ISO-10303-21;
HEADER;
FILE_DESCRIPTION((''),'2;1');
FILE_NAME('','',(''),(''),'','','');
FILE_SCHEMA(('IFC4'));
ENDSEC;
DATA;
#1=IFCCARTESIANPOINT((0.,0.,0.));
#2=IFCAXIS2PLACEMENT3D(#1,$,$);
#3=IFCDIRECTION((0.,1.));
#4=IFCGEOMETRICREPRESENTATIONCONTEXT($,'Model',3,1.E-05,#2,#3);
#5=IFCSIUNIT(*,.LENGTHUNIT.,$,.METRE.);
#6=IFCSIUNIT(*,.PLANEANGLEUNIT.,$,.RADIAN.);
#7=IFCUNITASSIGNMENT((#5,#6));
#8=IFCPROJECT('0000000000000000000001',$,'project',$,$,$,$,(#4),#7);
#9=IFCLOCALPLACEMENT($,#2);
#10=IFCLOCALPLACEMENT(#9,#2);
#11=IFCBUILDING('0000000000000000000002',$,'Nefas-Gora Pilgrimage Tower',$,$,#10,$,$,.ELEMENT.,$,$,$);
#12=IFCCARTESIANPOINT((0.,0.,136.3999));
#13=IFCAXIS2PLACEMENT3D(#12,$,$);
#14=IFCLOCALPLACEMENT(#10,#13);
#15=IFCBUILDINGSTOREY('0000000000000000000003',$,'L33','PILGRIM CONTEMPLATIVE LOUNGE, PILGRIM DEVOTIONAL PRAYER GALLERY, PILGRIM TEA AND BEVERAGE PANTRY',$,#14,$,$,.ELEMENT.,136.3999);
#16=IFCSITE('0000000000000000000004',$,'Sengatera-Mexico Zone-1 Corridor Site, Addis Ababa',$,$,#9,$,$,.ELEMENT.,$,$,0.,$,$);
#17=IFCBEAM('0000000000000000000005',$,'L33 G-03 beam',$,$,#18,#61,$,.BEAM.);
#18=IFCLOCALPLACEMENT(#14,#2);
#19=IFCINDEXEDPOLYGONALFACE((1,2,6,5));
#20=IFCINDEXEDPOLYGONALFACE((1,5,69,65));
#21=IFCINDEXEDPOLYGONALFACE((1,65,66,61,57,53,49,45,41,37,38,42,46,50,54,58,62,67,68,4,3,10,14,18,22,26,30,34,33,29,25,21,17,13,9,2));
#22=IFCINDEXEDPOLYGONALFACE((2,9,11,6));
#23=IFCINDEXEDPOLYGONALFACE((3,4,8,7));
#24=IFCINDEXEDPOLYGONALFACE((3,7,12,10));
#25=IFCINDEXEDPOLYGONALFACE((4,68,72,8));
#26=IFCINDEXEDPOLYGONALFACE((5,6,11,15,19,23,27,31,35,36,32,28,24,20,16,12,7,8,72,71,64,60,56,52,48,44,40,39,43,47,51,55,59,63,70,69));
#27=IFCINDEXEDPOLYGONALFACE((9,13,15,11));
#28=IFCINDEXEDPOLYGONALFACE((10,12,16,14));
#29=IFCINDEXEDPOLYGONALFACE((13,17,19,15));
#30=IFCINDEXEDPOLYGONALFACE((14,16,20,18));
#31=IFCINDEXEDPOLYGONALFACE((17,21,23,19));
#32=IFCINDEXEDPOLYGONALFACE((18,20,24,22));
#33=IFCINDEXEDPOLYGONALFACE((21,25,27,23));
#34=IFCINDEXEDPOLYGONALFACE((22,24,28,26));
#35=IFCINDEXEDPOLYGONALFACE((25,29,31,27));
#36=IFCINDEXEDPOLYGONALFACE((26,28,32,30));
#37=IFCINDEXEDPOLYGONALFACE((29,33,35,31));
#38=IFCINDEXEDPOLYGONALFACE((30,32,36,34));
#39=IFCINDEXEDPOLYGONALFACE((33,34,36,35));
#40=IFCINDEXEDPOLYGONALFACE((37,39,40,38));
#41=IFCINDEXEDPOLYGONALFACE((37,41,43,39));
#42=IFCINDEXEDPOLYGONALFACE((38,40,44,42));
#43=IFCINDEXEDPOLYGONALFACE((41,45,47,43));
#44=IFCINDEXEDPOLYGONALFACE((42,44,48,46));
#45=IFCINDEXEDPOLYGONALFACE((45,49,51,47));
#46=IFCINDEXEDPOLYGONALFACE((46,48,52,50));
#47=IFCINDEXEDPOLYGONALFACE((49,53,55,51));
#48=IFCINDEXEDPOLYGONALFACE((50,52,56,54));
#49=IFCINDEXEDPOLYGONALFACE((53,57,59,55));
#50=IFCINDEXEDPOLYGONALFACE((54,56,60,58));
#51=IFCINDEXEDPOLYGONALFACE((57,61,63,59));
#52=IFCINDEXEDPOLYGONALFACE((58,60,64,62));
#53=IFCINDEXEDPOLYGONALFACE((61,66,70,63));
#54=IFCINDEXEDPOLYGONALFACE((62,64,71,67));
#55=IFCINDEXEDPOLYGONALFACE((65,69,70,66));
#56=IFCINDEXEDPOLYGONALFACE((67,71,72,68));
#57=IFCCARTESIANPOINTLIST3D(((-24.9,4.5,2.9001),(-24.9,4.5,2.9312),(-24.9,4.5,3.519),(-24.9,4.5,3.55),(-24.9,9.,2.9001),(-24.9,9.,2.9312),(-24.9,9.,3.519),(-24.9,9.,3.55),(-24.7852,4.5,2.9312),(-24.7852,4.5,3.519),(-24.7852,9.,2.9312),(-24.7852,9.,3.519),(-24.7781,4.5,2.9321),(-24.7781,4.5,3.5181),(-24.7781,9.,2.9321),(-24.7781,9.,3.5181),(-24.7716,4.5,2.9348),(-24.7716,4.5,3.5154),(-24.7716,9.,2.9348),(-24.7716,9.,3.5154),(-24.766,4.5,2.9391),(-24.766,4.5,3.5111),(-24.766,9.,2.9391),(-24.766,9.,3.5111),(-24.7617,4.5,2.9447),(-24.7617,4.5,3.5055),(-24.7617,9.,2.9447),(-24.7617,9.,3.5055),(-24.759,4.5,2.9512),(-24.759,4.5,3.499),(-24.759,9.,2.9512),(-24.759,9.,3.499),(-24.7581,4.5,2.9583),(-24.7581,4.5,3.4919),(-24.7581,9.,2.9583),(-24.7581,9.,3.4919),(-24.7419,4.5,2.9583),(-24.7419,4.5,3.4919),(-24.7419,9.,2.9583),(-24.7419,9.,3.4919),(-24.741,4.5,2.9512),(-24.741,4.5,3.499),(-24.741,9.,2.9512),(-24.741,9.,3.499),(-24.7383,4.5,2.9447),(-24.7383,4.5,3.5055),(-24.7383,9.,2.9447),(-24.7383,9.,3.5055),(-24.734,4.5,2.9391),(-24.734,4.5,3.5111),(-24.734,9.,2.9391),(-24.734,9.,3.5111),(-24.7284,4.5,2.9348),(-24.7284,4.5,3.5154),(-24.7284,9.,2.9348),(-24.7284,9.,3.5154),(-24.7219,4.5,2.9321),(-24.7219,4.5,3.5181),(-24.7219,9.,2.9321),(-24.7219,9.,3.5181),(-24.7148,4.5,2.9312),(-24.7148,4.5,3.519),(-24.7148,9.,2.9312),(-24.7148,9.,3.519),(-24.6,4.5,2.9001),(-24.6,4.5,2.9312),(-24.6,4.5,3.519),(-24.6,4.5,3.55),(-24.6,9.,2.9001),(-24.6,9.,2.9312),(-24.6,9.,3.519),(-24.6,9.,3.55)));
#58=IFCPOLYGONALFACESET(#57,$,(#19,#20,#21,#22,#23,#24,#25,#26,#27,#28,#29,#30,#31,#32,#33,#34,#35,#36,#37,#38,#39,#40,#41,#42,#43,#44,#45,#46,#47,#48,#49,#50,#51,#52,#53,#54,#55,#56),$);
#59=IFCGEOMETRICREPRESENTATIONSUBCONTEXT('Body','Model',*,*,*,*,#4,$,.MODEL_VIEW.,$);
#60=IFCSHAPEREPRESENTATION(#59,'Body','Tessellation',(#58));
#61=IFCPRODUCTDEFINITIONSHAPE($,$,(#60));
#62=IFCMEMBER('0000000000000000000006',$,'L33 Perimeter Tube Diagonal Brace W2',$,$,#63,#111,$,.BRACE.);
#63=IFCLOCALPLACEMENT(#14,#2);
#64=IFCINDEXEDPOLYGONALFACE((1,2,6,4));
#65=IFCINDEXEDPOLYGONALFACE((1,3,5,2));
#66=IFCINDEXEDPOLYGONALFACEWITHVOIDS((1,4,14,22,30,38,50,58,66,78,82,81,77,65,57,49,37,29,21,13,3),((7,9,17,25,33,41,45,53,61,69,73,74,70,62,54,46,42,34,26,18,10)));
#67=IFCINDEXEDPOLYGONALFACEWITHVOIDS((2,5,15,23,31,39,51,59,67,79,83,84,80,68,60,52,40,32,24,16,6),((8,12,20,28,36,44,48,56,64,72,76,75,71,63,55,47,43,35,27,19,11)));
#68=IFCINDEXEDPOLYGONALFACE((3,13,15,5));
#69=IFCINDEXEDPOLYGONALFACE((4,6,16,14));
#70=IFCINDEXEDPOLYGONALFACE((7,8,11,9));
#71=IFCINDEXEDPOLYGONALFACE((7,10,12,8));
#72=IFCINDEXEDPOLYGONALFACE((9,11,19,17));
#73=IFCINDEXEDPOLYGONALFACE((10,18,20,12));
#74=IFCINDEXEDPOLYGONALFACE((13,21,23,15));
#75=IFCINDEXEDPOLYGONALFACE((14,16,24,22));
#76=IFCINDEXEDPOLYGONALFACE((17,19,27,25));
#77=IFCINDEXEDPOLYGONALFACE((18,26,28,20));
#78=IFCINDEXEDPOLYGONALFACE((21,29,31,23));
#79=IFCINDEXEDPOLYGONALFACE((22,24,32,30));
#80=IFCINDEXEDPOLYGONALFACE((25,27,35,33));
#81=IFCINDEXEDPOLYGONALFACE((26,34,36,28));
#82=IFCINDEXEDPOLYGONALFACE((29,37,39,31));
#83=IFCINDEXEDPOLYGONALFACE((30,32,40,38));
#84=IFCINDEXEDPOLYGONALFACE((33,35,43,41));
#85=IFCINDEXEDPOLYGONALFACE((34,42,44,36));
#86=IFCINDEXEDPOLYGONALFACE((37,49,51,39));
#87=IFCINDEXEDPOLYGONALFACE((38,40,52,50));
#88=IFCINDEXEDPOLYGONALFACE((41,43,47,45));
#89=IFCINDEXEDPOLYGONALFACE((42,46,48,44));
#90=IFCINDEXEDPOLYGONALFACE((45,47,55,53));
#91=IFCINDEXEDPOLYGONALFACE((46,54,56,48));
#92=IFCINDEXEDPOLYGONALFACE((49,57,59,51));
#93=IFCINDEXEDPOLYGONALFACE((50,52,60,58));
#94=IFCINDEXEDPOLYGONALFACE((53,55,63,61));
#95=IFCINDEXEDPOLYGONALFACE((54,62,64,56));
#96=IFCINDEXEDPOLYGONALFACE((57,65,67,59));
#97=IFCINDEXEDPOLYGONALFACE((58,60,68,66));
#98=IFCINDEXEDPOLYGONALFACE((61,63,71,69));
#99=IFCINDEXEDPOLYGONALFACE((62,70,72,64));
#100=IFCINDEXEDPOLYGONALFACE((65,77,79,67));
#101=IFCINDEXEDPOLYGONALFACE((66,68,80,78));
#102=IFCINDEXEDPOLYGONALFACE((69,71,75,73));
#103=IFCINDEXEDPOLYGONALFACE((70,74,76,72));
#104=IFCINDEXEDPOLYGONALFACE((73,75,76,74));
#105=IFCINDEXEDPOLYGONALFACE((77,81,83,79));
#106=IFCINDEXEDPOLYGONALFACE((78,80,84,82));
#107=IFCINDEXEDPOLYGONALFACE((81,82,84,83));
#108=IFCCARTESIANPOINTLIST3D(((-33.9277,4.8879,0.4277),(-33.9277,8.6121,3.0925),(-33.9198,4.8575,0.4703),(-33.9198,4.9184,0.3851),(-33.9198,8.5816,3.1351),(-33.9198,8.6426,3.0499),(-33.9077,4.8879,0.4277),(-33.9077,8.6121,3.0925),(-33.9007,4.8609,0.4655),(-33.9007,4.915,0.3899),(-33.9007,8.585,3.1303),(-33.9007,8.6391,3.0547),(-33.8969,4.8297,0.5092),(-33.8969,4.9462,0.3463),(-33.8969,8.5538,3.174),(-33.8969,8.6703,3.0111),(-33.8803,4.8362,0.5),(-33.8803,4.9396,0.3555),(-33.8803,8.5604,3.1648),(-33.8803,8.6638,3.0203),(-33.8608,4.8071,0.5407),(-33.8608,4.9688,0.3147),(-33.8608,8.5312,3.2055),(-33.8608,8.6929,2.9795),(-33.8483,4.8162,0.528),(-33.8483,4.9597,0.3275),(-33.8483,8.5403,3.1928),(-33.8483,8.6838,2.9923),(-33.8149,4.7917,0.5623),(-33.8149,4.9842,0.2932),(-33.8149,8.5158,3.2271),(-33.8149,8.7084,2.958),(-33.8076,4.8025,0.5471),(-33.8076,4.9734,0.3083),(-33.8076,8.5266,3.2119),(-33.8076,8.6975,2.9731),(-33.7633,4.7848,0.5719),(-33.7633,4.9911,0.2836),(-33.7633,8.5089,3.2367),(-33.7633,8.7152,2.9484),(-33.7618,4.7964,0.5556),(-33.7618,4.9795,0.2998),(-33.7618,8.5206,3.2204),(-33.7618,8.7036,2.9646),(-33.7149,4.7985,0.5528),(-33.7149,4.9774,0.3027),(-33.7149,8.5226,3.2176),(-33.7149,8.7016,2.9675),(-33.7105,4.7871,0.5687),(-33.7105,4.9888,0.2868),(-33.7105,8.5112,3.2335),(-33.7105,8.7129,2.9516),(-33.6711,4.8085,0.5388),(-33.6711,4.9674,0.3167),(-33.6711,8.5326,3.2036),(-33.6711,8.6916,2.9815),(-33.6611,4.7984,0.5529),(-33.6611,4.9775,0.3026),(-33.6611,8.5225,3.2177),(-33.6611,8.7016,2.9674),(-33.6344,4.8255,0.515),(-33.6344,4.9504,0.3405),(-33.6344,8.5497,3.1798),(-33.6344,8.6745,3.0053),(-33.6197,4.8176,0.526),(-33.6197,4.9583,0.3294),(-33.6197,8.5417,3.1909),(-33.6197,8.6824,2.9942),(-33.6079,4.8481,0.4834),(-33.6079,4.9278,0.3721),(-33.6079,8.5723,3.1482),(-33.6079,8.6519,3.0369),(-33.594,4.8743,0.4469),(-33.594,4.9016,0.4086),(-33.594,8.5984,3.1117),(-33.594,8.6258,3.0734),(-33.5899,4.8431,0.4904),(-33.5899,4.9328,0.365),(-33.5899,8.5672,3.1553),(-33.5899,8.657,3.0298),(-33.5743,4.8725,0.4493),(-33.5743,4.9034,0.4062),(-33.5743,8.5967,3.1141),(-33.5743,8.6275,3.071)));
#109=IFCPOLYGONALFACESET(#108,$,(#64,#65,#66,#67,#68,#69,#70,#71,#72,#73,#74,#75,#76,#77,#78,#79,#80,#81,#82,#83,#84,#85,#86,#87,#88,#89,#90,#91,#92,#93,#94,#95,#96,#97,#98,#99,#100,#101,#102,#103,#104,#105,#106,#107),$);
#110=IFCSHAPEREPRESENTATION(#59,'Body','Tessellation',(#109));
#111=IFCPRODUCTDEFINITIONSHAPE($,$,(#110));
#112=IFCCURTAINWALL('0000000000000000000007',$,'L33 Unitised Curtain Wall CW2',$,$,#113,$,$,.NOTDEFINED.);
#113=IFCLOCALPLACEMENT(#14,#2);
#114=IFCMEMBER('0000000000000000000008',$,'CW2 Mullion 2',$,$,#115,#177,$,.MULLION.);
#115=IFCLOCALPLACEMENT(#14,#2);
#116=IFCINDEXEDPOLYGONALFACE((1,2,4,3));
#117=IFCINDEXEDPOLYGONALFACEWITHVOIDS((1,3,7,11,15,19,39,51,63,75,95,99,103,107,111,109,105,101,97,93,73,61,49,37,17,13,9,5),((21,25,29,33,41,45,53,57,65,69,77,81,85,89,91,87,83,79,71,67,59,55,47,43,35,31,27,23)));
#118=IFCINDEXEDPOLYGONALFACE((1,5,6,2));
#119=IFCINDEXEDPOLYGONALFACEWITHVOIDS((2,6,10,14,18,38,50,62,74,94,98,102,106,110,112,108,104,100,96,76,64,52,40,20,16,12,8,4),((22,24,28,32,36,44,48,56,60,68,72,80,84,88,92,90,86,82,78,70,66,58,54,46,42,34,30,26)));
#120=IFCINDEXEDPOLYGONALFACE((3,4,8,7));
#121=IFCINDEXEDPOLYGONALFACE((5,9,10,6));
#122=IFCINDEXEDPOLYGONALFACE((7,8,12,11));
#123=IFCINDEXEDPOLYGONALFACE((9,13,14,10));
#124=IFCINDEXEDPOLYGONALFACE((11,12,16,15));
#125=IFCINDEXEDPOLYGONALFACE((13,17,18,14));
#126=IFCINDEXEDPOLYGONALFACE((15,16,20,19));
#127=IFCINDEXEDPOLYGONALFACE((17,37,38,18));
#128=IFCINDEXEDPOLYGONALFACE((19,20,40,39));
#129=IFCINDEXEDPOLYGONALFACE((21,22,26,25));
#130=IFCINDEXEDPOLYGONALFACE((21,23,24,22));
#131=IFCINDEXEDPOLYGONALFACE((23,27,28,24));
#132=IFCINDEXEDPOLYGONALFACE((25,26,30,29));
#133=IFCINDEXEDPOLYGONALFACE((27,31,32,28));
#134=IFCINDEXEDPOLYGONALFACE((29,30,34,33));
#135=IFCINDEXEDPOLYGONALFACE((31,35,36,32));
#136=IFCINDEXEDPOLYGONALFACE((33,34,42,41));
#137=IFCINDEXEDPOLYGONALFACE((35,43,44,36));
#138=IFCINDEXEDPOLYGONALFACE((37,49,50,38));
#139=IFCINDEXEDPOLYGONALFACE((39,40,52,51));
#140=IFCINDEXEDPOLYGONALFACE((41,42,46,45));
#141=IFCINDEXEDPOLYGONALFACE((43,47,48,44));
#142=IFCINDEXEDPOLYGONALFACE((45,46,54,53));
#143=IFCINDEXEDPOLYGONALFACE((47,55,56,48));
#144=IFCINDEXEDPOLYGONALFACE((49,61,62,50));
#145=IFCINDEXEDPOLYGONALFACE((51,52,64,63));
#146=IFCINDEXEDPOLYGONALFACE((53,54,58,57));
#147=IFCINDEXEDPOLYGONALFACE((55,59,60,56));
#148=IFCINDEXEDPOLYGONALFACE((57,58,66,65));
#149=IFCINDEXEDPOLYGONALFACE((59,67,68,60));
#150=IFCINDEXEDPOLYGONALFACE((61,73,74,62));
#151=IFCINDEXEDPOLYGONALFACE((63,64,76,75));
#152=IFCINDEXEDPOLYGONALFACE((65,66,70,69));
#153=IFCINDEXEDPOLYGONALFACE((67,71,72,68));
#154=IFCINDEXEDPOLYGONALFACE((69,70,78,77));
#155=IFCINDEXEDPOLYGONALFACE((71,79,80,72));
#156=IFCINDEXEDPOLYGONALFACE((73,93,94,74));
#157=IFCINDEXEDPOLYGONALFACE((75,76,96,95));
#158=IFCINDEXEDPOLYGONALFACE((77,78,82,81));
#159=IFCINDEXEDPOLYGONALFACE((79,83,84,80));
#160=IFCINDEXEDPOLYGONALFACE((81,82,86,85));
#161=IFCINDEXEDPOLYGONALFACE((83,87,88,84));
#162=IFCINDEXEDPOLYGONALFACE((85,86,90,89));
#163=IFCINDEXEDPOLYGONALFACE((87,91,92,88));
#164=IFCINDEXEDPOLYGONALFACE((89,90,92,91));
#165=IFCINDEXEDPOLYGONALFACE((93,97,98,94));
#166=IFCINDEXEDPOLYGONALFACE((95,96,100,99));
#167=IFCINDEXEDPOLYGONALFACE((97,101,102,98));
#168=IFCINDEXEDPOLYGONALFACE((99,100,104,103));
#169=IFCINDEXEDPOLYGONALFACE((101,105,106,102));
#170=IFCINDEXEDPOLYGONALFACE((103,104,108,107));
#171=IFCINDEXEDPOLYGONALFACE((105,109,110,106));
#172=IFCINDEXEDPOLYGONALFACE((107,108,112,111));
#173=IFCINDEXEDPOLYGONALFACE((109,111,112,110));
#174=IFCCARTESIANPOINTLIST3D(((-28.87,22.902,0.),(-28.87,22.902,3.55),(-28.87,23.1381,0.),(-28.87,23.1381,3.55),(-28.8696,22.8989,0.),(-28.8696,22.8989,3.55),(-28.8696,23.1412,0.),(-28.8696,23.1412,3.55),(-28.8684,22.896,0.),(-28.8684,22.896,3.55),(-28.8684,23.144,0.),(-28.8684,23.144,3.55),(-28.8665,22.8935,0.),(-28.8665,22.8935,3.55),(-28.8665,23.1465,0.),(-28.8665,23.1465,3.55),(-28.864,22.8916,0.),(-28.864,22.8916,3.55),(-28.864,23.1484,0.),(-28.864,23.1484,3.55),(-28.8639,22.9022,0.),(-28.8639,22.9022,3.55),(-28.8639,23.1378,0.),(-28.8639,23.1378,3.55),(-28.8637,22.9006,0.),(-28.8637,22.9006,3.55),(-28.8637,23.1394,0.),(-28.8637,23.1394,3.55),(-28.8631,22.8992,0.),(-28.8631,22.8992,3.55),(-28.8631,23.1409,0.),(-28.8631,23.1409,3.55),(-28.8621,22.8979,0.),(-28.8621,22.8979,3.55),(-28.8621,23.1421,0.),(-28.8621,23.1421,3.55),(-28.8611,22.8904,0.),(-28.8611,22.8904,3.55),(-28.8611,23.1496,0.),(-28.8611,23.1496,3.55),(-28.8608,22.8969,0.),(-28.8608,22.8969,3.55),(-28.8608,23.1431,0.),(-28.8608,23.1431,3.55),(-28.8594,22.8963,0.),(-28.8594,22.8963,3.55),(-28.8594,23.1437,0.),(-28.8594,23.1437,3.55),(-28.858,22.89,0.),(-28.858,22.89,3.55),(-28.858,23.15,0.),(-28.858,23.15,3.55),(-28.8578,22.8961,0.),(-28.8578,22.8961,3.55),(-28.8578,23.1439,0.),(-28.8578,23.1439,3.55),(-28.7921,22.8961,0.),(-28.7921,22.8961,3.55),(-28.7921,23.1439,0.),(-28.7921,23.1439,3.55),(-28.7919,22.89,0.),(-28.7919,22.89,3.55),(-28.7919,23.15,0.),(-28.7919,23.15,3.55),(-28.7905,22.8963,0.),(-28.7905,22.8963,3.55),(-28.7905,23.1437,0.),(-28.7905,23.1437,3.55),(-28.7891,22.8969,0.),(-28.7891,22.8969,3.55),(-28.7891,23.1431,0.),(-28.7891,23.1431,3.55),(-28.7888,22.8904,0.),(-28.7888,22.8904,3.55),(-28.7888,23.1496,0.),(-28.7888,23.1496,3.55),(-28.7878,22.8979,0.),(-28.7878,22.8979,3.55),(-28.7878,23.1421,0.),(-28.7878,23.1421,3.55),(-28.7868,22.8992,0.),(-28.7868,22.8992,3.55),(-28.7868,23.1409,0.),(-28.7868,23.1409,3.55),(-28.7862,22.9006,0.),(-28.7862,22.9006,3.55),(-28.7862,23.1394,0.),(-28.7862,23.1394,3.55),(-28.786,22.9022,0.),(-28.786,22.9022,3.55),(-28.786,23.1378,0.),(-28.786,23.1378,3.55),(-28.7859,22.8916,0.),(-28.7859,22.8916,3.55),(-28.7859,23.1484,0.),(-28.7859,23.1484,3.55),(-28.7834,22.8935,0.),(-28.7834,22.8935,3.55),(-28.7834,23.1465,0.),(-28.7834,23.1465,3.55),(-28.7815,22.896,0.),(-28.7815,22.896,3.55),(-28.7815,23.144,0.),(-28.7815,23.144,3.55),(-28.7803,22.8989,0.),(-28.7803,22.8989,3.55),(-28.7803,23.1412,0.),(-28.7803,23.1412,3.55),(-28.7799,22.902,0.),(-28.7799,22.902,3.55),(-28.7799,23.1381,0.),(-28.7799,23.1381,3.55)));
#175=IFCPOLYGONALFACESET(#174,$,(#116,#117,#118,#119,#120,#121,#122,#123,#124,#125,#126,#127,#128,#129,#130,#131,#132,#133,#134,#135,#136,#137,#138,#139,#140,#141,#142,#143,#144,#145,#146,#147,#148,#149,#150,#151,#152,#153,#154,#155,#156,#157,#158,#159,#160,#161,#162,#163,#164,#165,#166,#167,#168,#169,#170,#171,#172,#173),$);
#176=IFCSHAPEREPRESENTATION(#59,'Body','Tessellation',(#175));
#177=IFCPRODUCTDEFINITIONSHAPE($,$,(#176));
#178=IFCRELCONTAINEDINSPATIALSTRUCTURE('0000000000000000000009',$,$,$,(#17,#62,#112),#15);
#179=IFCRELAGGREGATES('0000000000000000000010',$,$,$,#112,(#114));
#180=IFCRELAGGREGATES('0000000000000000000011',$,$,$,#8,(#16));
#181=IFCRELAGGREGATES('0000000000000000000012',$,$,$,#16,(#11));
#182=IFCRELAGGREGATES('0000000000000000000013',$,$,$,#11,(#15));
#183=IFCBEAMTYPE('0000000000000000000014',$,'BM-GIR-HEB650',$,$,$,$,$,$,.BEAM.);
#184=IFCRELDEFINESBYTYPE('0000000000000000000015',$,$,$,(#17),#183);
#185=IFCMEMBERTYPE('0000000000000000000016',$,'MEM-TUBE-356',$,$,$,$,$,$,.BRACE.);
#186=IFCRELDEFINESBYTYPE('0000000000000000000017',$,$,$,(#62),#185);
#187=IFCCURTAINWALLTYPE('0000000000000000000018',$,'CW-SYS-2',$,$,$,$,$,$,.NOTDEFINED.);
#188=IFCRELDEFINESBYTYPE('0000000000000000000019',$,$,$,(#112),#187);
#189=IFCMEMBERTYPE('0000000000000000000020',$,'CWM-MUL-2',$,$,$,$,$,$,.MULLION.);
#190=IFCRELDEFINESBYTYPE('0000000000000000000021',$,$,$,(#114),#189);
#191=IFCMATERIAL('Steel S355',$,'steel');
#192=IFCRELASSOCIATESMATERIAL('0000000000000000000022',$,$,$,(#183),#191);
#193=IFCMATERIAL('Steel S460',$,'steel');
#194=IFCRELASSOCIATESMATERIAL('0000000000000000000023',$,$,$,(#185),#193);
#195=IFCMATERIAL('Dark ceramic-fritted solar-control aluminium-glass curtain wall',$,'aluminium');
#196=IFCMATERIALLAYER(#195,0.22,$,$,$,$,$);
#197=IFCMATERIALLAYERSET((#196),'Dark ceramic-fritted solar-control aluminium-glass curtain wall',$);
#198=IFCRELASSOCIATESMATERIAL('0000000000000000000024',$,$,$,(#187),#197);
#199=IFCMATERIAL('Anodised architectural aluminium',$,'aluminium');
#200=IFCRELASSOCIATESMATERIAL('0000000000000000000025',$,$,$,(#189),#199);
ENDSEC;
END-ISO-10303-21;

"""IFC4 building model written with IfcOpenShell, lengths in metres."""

from ifc_helpers import new_model, si_unit, direction, frame, origin, origin_2d, place, context, subcontext, project, spatial, hollow_rectangle, hollow_circle, i_section, extrude, source, transform, mapped, material, layer, layer_set, material_profile, profile_set, type_object, element, aggregate, save


model = new_model("IFC4")

# Units and contexts
model_context = context("Model", 3, precision=1e-05, world=origin(), true_north=direction((0.0, 1.0)))
body_context = subcontext(model_context, "Body", "Model", "MODEL_VIEW")
ifc_project = project(units=[si_unit("LENGTHUNIT", "METRE"), si_unit("PLANEANGLEUNIT", "RADIAN")], contexts=[model_context])

# Site, building, storey
site_placement = place(None, origin())
site = spatial("IfcSite", under=ifc_project, at=site_placement, Name="Sengatera-Mexico Zone-1 Corridor Site, Addis Ababa", CompositionType="ELEMENT", RefElevation=0.0)
building_placement = place(site_placement, origin())
building = spatial("IfcBuilding", under=site, at=building_placement, Name="Nefas-Gora Pilgrimage Tower", CompositionType="ELEMENT")
storey_placement = place(building_placement, frame((0.0, 0.0, 136.3999)))
storey = spatial("IfcBuildingStorey", under=building, at=storey_placement, Name="L33", Description="PILGRIM CONTEMPLATIVE LOUNGE, PILGRIM DEVOTIONAL PRAYER GALLERY, PILGRIM TEA AND BEVERAGE PANTRY", CompositionType="ELEMENT", Elevation=136.3999)

# Shared definitions
ifc_material_1 = material(Name="Steel S460", Category="steel")

# Beam
ifc_material_2 = material(Name="Steel S355", Category="steel")
ifc_material_profile_1 = material_profile(ifc_material_2, i_section(OverallWidth=0.3, OverallDepth=0.6499, WebThickness=0.0161, FlangeThickness=0.031, FilletRadius=0.0271, at=origin_2d()), Name="HEB 650")
ifc_profile_set_1 = profile_set([ifc_material_profile_1], Name="Steel S355")
beam_type_1 = type_object("IfcBeamType", Name="BM-GIR-HEB650", PredefinedType="BEAM", material=ifc_profile_set_1)
shared_shape_1 = source(origin(), body_context, "Body", "SweptSolid", [
    extrude(i_section(OverallWidth=0.3, OverallDepth=0.6499, WebThickness=0.0161, FlangeThickness=0.031, FilletRadius=0.0271, at=origin_2d()), origin(), (0.0, 0.0, 1.0), 4.5),
])
for number, where, z_axis, x_axis, name in (
    (1, (-24.75, 4.5, 3.2251), (0.0, 1.0, 0.0), (-1.0, 0.0, 0.0), "L33 G-03 beam"),
):
    element("IfcBeam", number, at=place(storey_placement, frame(where, z_axis=z_axis, x_axis=x_axis)), inside=storey, type_object=beam_type_1, Name=name, PredefinedType="BEAM", context=body_context, shape_type="MappedRepresentation", body=[
        mapped(shared_shape_1, transform((0.0, 0.0, 0.0), x_axis=(1.0, 0.0, 0.0), y_axis=(0.0, 1.0, 0.0), z_axis=(0.0, 0.0, 1.0), scale=1.0)),
    ])

# Member
ifc_material_profile_2 = material_profile(ifc_material_1, hollow_circle(Radius=0.1777, WallThickness=0.02, at=origin_2d()), Name="CHS 355.6x20")
ifc_profile_set_2 = profile_set([ifc_material_profile_2], Name="Steel S460")
member_type_1 = type_object("IfcMemberType", Name="MEM-TUBE-356", PredefinedType="BRACE", material=ifc_profile_set_2)
shared_shape_2 = source(origin(), body_context, "Body", "SweptSolid", [
    extrude(hollow_circle(Radius=0.1777, WallThickness=0.02, at=origin_2d()), origin(), (0.0, 0.0, 1.0), 4.5793),
])
member_1_placement = place(storey_placement, frame((-33.75, 4.8879, 0.4277), z_axis=(0.0, 0.813247, 0.581919), x_axis=(-1.0, 0.0, 0.0)))
element("IfcMember", 2, at=member_1_placement, inside=storey, type_object=member_type_1, Name="L33 Perimeter Tube Diagonal Brace W2", PredefinedType="BRACE", context=body_context, shape_type="MappedRepresentation", body=[
    mapped(shared_shape_2, transform((0.0, 0.0, 0.0), x_axis=(1.0, 0.0, 0.0), y_axis=(0.0, 1.0, 0.0), z_axis=(0.0, 0.0, 1.0), scale=1.0)),
])

# Curtain wall, member
ifc_material_3 = material(Name="Dark ceramic-fritted solar-control aluminium-glass curtain wall", Category="aluminium")
ifc_layer_1 = layer(ifc_material_3, 0.22)
ifc_layer_set_1 = layer_set([ifc_layer_1], Name="Dark ceramic-fritted solar-control aluminium-glass curtain wall")
curtain_wall_type = type_object("IfcCurtainWallType", Name="CW-SYS-2", PredefinedType="NOTDEFINED", material=ifc_layer_set_1)
curtain_wall_1_placement = place(storey_placement, origin())
curtain_wall_1 = element("IfcCurtainWall", 3, at=curtain_wall_1_placement, inside=storey, type_object=curtain_wall_type, Name="L33 Unitised Curtain Wall CW2", PredefinedType="NOTDEFINED")
ifc_material_4 = material(Name="Anodised architectural aluminium", Category="aluminium")
ifc_material_profile_3 = material_profile(ifc_material_4, hollow_rectangle(XDim=0.0901, YDim=0.26, WallThickness=0.0061, InnerFilletRadius=0.0061, OuterFilletRadius=0.012, at=origin_2d()), Name="ALU MULLION 90x260")
ifc_profile_set_3 = profile_set([ifc_material_profile_3], Name="Anodised architectural aluminium")
member_type_2 = type_object("IfcMemberType", Name="CWM-MUL-2", PredefinedType="MULLION", material=ifc_profile_set_3)
shared_shape_3 = source(origin(), body_context, "Body", "SweptSolid", [
    extrude(hollow_rectangle(XDim=0.0901, YDim=0.26, WallThickness=0.0061, InnerFilletRadius=0.0061, OuterFilletRadius=0.012, at=origin_2d()), origin(), (0.0, 0.0, 1.0), 3.55),
])
member_2_placement = place(storey_placement, frame((-28.825, 23.02, 0.0), z_axis=(0.0, 0.0, 1.0), x_axis=(-1.0, 0.0, 0.0)))
member_2 = element("IfcMember", 4, at=member_2_placement, type_object=member_type_2, Name="CW2 Mullion 2", PredefinedType="MULLION", context=body_context, shape_type="MappedRepresentation", body=[
    mapped(shared_shape_3, transform((0.0, 0.0, 0.0), x_axis=(1.0, 0.0, 0.0), y_axis=(0.0, 1.0, 0.0), z_axis=(0.0, 0.0, 1.0), scale=1.0)),
])
aggregate(curtain_wall_1, [member_2])

save(model, "model.ifc")
